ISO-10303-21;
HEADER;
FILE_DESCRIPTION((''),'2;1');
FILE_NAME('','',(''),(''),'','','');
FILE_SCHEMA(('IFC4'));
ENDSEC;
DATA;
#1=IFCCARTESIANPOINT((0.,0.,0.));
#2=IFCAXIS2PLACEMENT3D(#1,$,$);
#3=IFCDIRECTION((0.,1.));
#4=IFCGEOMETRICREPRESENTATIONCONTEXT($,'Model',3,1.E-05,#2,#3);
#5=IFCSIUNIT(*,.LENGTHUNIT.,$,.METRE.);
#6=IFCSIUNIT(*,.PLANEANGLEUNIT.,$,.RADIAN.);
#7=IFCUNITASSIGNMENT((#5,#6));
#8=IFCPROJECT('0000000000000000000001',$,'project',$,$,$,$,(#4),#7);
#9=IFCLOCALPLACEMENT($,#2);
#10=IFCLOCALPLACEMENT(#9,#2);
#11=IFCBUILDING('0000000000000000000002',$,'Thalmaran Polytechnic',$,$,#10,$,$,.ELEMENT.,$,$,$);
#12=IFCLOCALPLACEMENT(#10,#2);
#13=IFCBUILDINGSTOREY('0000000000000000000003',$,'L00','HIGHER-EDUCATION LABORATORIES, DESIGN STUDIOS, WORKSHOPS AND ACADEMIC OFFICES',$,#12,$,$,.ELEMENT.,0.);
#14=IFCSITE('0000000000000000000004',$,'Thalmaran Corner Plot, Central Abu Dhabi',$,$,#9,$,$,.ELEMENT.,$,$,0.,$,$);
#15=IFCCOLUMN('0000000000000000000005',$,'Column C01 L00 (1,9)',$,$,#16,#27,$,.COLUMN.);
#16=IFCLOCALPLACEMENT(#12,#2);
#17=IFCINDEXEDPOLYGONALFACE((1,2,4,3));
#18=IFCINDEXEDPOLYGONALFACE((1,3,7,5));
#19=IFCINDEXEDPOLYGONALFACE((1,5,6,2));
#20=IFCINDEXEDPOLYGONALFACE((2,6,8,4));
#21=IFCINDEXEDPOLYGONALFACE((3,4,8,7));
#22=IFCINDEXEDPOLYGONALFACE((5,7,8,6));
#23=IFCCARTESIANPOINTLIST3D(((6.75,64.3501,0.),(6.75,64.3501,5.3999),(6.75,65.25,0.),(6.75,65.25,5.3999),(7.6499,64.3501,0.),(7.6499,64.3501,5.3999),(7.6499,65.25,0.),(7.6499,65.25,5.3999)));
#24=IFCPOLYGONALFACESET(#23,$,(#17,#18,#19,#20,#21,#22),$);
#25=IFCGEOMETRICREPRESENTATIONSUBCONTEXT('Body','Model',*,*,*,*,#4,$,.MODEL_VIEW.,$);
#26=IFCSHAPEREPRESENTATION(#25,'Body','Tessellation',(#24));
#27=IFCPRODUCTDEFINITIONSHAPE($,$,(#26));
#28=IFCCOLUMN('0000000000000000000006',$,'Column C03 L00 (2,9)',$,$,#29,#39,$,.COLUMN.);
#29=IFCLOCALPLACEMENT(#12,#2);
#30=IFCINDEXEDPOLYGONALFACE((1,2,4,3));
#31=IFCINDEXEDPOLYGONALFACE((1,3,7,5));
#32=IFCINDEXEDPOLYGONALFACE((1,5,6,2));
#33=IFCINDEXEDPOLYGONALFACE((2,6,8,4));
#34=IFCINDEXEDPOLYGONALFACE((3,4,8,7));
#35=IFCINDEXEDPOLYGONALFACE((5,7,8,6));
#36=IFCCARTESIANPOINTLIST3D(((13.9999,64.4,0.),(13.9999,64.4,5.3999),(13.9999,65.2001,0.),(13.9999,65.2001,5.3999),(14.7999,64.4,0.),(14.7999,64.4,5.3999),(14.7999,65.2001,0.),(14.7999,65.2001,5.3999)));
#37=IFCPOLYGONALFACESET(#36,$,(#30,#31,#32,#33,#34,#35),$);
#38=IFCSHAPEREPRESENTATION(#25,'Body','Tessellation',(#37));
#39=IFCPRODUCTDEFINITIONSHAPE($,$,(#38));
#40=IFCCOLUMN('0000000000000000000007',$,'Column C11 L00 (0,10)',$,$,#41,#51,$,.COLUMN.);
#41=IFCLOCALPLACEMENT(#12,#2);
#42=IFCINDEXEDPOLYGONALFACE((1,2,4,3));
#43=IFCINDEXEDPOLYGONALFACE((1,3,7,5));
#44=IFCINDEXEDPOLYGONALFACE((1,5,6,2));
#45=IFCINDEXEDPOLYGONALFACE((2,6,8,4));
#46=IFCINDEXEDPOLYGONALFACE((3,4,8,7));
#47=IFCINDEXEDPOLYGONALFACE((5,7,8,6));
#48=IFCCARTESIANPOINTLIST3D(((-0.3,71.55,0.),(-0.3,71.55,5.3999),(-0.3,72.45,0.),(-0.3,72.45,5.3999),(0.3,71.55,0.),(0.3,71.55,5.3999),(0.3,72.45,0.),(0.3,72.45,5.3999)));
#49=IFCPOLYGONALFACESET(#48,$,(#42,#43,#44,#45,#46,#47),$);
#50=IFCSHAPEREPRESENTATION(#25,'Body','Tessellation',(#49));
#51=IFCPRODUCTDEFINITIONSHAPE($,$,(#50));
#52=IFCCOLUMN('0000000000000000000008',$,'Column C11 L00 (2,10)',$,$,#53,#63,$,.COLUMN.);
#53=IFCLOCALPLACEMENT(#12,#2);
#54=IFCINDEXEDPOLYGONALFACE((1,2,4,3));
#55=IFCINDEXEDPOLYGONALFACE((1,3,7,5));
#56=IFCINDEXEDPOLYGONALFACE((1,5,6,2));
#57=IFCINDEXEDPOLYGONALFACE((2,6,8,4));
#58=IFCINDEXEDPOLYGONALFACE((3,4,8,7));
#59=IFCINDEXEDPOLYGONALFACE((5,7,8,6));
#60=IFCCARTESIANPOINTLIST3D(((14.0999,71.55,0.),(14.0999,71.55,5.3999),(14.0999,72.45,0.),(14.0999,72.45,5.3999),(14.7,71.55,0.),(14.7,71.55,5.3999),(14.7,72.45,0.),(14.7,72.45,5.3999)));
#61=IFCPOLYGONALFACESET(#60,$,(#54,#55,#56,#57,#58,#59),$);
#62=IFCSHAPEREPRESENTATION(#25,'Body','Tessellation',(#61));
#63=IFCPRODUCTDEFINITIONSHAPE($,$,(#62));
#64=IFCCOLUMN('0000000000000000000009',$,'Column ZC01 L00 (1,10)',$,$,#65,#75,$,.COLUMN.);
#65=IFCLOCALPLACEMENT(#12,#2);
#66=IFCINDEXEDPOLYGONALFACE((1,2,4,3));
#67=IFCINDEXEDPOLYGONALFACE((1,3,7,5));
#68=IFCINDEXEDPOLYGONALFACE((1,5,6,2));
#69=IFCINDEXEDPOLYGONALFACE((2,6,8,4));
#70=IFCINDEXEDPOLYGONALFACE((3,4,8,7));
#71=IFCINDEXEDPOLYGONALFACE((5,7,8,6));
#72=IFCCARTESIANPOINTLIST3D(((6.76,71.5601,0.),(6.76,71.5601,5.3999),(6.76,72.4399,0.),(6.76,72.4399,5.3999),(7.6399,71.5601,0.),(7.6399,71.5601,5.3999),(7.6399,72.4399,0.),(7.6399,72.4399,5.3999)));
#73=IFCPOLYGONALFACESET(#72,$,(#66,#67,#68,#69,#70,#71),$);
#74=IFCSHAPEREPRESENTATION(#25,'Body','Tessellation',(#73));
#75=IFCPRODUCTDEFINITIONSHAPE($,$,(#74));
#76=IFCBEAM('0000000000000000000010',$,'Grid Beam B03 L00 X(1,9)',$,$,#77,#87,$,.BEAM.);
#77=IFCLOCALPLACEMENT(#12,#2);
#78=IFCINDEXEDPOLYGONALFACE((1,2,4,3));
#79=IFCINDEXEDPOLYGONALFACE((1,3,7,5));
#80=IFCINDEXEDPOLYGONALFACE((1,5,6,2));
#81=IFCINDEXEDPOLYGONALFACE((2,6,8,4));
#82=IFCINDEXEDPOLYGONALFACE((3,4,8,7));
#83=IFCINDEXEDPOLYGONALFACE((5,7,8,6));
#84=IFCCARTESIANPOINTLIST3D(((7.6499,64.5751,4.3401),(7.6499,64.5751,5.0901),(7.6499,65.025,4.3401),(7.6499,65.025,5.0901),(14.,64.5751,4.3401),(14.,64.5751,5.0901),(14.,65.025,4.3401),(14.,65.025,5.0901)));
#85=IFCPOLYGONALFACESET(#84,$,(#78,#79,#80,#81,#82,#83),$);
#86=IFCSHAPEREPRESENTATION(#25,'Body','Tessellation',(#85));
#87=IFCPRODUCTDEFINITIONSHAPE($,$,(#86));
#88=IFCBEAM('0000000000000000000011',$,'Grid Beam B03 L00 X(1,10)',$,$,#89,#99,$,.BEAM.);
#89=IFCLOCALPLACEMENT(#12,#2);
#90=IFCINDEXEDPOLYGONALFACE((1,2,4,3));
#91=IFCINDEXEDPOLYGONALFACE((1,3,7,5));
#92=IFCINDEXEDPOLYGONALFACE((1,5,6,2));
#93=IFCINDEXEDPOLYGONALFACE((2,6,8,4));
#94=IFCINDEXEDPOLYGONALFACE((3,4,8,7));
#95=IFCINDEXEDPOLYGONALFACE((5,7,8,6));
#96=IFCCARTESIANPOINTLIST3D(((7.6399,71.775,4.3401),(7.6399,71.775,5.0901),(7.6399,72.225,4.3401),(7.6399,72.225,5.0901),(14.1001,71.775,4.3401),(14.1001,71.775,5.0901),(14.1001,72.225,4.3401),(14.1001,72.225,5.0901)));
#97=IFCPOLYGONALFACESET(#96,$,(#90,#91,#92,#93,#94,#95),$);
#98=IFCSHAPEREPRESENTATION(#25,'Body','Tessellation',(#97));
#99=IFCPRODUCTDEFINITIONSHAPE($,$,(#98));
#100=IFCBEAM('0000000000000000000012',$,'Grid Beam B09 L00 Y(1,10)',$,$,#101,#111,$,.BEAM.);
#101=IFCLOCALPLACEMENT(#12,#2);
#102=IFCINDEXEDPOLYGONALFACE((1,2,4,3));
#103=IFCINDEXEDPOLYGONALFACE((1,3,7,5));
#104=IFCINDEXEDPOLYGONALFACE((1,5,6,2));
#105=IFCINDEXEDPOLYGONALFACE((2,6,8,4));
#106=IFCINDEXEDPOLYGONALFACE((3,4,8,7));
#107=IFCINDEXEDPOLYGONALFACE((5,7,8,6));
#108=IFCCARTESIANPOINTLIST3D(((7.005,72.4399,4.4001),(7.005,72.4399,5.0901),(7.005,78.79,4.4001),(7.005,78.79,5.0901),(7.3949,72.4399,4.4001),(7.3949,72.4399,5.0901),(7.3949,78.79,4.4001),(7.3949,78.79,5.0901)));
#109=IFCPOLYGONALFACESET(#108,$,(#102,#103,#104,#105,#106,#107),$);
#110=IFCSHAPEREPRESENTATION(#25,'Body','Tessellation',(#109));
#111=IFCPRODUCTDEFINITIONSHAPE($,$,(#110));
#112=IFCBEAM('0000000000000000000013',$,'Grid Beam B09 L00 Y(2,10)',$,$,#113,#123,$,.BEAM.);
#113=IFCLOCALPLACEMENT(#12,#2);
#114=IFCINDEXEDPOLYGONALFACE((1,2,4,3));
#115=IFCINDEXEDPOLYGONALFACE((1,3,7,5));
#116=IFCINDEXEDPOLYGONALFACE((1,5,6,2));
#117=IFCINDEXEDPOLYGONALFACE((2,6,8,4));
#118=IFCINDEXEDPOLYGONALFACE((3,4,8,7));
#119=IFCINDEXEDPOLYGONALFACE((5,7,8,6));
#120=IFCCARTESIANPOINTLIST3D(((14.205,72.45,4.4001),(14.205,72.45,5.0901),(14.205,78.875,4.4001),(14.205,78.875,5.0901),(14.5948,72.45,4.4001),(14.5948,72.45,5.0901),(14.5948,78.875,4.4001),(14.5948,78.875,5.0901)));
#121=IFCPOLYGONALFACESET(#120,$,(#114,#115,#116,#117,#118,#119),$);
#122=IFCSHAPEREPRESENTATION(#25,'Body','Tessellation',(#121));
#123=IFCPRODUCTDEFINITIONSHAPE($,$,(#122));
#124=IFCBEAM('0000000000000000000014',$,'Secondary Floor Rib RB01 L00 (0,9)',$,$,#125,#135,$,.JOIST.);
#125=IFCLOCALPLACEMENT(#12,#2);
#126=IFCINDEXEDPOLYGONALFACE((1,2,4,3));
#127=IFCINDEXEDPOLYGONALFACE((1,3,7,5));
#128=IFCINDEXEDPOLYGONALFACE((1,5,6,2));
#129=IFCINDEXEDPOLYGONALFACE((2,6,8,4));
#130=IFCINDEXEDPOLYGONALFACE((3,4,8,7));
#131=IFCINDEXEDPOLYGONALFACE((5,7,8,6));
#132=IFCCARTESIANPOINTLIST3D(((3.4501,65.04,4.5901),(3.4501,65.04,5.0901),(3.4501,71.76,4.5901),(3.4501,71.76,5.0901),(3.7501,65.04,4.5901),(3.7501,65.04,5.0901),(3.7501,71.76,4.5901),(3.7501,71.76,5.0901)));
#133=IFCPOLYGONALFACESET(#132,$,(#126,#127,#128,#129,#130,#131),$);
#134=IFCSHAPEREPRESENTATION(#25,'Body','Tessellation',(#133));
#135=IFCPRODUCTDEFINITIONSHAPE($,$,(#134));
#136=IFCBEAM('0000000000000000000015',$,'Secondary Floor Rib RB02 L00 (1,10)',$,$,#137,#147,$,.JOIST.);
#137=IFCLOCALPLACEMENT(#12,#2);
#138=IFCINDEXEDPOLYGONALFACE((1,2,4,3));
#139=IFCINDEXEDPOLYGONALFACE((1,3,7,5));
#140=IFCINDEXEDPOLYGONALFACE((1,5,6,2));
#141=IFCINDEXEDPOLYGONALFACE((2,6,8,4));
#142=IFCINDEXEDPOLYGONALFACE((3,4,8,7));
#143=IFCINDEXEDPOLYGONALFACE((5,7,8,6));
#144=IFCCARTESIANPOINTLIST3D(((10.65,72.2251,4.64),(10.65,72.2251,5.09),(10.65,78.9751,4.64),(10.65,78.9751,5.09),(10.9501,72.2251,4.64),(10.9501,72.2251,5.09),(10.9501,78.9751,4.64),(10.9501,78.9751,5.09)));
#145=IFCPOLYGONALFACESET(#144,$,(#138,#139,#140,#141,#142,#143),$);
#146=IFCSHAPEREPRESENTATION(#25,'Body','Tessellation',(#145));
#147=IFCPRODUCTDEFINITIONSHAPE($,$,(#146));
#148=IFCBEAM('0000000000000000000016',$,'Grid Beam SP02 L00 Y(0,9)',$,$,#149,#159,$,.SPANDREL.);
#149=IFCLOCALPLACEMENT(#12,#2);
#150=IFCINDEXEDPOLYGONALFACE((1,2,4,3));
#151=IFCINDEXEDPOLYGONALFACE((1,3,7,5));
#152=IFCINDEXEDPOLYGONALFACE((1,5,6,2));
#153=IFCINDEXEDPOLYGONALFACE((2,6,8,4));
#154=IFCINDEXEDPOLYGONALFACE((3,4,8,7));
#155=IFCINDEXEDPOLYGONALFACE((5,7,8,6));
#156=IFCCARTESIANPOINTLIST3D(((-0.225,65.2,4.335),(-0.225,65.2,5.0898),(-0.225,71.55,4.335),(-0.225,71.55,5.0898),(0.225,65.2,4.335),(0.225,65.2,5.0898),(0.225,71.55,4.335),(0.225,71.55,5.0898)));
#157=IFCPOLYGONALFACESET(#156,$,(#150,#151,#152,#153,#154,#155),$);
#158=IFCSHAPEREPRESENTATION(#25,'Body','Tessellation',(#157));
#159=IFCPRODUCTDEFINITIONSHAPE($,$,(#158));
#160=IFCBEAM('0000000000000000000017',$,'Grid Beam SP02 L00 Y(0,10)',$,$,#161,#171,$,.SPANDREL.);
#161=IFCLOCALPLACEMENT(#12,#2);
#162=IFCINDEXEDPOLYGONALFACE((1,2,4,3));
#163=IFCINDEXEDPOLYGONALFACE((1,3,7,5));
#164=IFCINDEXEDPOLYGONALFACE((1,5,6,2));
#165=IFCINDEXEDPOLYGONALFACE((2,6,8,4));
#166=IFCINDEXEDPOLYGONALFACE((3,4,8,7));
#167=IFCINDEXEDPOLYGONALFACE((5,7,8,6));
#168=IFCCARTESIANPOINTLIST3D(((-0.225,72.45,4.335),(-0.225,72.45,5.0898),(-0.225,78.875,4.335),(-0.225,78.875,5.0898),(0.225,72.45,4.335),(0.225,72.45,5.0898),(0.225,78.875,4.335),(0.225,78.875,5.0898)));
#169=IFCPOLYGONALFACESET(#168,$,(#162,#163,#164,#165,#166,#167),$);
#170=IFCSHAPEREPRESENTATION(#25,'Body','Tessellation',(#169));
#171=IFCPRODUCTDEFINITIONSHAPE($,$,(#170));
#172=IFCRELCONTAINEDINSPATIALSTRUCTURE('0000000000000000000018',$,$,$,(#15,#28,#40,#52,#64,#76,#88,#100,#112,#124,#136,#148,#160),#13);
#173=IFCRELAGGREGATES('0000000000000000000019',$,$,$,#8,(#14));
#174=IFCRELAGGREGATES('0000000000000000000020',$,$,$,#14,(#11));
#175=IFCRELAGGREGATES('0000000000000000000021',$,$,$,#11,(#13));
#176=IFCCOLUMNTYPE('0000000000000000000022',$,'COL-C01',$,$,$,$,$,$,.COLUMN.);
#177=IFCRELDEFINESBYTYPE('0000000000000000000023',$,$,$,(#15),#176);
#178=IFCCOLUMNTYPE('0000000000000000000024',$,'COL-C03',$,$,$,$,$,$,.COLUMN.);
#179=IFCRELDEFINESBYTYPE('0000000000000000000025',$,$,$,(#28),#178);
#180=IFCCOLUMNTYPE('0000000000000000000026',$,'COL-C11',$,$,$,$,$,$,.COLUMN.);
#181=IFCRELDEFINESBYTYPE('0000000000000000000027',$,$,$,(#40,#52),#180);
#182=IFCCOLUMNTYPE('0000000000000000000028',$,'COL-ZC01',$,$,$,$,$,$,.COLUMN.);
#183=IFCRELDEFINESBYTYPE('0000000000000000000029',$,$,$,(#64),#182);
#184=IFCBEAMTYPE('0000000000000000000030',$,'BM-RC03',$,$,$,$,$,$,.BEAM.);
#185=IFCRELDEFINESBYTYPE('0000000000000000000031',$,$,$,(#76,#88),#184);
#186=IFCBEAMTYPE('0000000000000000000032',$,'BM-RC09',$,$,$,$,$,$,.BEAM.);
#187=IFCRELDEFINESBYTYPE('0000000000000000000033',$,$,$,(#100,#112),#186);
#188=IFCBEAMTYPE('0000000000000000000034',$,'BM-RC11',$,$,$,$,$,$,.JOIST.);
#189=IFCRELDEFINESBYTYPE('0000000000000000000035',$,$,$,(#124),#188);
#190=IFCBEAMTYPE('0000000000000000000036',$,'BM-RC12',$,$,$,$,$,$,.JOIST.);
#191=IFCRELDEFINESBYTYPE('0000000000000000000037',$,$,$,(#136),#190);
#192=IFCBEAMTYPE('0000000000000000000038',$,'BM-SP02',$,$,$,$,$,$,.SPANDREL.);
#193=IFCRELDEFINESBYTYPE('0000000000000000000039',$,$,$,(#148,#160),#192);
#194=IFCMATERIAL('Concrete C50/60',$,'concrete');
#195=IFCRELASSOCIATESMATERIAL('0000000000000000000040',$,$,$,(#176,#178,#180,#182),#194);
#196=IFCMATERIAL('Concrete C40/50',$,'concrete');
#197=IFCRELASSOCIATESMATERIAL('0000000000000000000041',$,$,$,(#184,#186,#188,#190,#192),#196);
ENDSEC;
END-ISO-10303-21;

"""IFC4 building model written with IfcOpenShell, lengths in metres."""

from ifc_helpers import new_model, si_unit, direction, frame, origin, origin_2d, place, context, subcontext, project, spatial, rectangle, extrude, material, material_profile, profile_set, type_object, element, save


model = new_model("IFC4")

# Units and contexts
model_context = context("Model", 3, precision=1e-05, world=origin(), true_north=direction((0.0, 1.0)))
body_context = subcontext(model_context, "Body", "Model", "MODEL_VIEW")
ifc_project = project(units=[si_unit("LENGTHUNIT", "METRE"), si_unit("PLANEANGLEUNIT", "RADIAN")], contexts=[model_context])

# Site, building, storey
site_placement = place(None, origin())
site = spatial("IfcSite", under=ifc_project, at=site_placement, Name="Thalmaran Corner Plot, Central Abu Dhabi", CompositionType="ELEMENT", RefElevation=0.0)
building_placement = place(site_placement, origin())
building = spatial("IfcBuilding", under=site, at=building_placement, Name="Thalmaran Polytechnic", CompositionType="ELEMENT")
storey_placement = place(building_placement, origin())
storey = spatial("IfcBuildingStorey", under=building, at=storey_placement, Name="L00", Description="HIGHER-EDUCATION LABORATORIES, DESIGN STUDIOS, WORKSHOPS AND ACADEMIC OFFICES", CompositionType="ELEMENT", Elevation=0.0)

# Columns
ifc_material_1 = material(Name="Concrete C50/60", Category="concrete")
ifc_material_profile_1 = material_profile(ifc_material_1, rectangle(XDim=0.8999, YDim=0.8999, at=origin_2d()), Name="RC 900x900")
ifc_profile_set_1 = profile_set([ifc_material_profile_1], Name="Concrete C50/60")
column_type_1 = type_object("IfcColumnType", Name="COL-C01", PredefinedType="COLUMN", material=ifc_profile_set_1)
column_1_placement = place(storey_placement, frame((7.2, 64.8, 0.0), z_axis=(0.0, 0.0, 1.0), x_axis=(1.0, 0.0, 0.0)))
element("IfcColumn", 1, at=column_1_placement, inside=storey, type_object=column_type_1, Name="Column C01 L00 (1,9)", PredefinedType="COLUMN", context=body_context, shape_type="SweptSolid", body=[
    extrude(rectangle(XDim=0.8999, YDim=0.8999, at=origin_2d()), origin(), (0.0, 0.0, 1.0), 5.3999),
])
ifc_material_profile_2 = material_profile(ifc_material_1, rectangle(XDim=0.8, YDim=0.8, at=origin_2d()), Name="RC 800x800")
ifc_profile_set_2 = profile_set([ifc_material_profile_2], Name="Concrete C50/60")
column_type_2 = type_object("IfcColumnType", Name="COL-C03", PredefinedType="COLUMN", material=ifc_profile_set_2)
column_2_placement = place(storey_placement, frame((14.3999, 64.8, 0.0), z_axis=(0.0, 0.0, 1.0), x_axis=(1.0, 0.0, 0.0)))
element("IfcColumn", 2, at=column_2_placement, inside=storey, type_object=column_type_2, Name="Column C03 L00 (2,9)", PredefinedType="COLUMN", context=body_context, shape_type="SweptSolid", body=[
    extrude(rectangle(XDim=0.8, YDim=0.8, at=origin_2d()), origin(), (0.0, 0.0, 1.0), 5.3999),
])
ifc_material_profile_3 = material_profile(ifc_material_1, rectangle(XDim=0.6001, YDim=0.8999, at=origin_2d()), Name="RC 600x900")
ifc_profile_set_3 = profile_set([ifc_material_profile_3], Name="Concrete C50/60")
column_type_3 = type_object("IfcColumnType", Name="COL-C11", PredefinedType="COLUMN", material=ifc_profile_set_3)
for number, where, z_axis, x_axis, name in (
    (3, (0.0, 72.0, 0.0), (0.0, 0.0, 1.0), (1.0, 0.0, 0.0), "Column C11 L00 (0,10)"),
    (4, (14.3999, 72.0, 0.0), (0.0, 0.0, 1.0), (1.0, 0.0, 0.0), "Column C11 L00 (2,10)"),
):
    element("IfcColumn", number, at=place(storey_placement, frame(where, z_axis=z_axis, x_axis=x_axis)), inside=storey, type_object=column_type_3, Name=name, PredefinedType="COLUMN", context=body_context, shape_type="SweptSolid", body=[
        extrude(rectangle(XDim=0.6001, YDim=0.8999, at=origin_2d()), origin(), (0.0, 0.0, 1.0), 5.3999),
    ])
ifc_material_profile_4 = material_profile(ifc_material_1, rectangle(XDim=0.8799, YDim=0.8799, at=origin_2d()), Name="RC 880x880")
ifc_profile_set_4 = profile_set([ifc_material_profile_4], Name="Concrete C50/60")
column_type_4 = type_object("IfcColumnType", Name="COL-ZC01", PredefinedType="COLUMN", material=ifc_profile_set_4)
column_3_placement = place(storey_placement, frame((7.2, 72.0, 0.0), z_axis=(0.0, 0.0, 1.0), x_axis=(1.0, 0.0, 0.0)))
element("IfcColumn", 5, at=column_3_placement, inside=storey, type_object=column_type_4, Name="Column ZC01 L00 (1,10)", PredefinedType="COLUMN", context=body_context, shape_type="SweptSolid", body=[
    extrude(rectangle(XDim=0.8799, YDim=0.8799, at=origin_2d()), origin(), (0.0, 0.0, 1.0), 5.3999),
])

# Beams
ifc_material_2 = material(Name="Concrete C40/50", Category="concrete")
ifc_material_profile_5 = material_profile(ifc_material_2, rectangle(XDim=0.45, YDim=0.75, at=origin_2d()), Name="RC 450x750")
ifc_profile_set_5 = profile_set([ifc_material_profile_5], Name="Concrete C40/50")
beam_type_1 = type_object("IfcBeamType", Name="BM-RC03", PredefinedType="BEAM", material=ifc_profile_set_5)
beam_1_placement = place(storey_placement, frame((7.6499, 64.8, 4.7151), z_axis=(1.0, 0.0, 0.0), x_axis=(0.0, 1.0, 0.0)))
element("IfcBeam", 6, at=beam_1_placement, inside=storey, type_object=beam_type_1, Name="Grid Beam B03 L00 X(1,9)", PredefinedType="BEAM", context=body_context, shape_type="SweptSolid", body=[
    extrude(rectangle(XDim=0.45, YDim=0.75, at=origin_2d()), origin(), (0.0, 0.0, 1.0), 6.3501),
])
beam_2_placement = place(storey_placement, frame((7.6399, 72.0, 4.7151), z_axis=(1.0, 0.0, 0.0), x_axis=(0.0, 1.0, 0.0)))
element("IfcBeam", 7, at=beam_2_placement, inside=storey, type_object=beam_type_1, Name="Grid Beam B03 L00 X(1,10)", PredefinedType="BEAM", context=body_context, shape_type="SweptSolid", body=[
    extrude(rectangle(XDim=0.45, YDim=0.75, at=origin_2d()), origin(), (0.0, 0.0, 1.0), 6.4602),
])
ifc_material_profile_6 = material_profile(ifc_material_2, rectangle(XDim=0.3899, YDim=0.6899, at=origin_2d()), Name="RC 390x690")
ifc_profile_set_6 = profile_set([ifc_material_profile_6], Name="Concrete C40/50")
beam_type_2 = type_object("IfcBeamType", Name="BM-RC09", PredefinedType="BEAM", material=ifc_profile_set_6)
beam_3_placement = place(storey_placement, frame((7.2, 72.4399, 4.7451), z_axis=(0.0, 1.0, 0.0), x_axis=(-1.0, 0.0, 0.0)))
element("IfcBeam", 8, at=beam_3_placement, inside=storey, type_object=beam_type_2, Name="Grid Beam B09 L00 Y(1,10)", PredefinedType="BEAM", context=body_context, shape_type="SweptSolid", body=[
    extrude(rectangle(XDim=0.3899, YDim=0.6899, at=origin_2d()), origin(), (0.0, 0.0, 1.0), 6.3501),
])
beam_4_placement = place(storey_placement, frame((14.3999, 72.45, 4.7451), z_axis=(0.0, 1.0, 0.0), x_axis=(-1.0, 0.0, 0.0)))
element("IfcBeam", 9, at=beam_4_placement, inside=storey, type_object=beam_type_2, Name="Grid Beam B09 L00 Y(2,10)", PredefinedType="BEAM", context=body_context, shape_type="SweptSolid", body=[
    extrude(rectangle(XDim=0.3899, YDim=0.6899, at=origin_2d()), origin(), (0.0, 0.0, 1.0), 6.425),
])
ifc_material_profile_7 = material_profile(ifc_material_2, rectangle(XDim=0.3, YDim=0.5, at=origin_2d()), Name="RC 300x500")
ifc_profile_set_7 = profile_set([ifc_material_profile_7], Name="Concrete C40/50")
beam_type_3 = type_object("IfcBeamType", Name="BM-RC11", PredefinedType="JOIST", material=ifc_profile_set_7)
beam_5_placement = place(storey_placement, frame((3.6001, 65.04, 4.8401), z_axis=(0.0, 1.0, 0.0), x_axis=(-1.0, 0.0, 0.0)))
element("IfcBeam", 10, at=beam_5_placement, inside=storey, type_object=beam_type_3, Name="Secondary Floor Rib RB01 L00 (0,9)", PredefinedType="JOIST", context=body_context, shape_type="SweptSolid", body=[
    extrude(rectangle(XDim=0.3, YDim=0.5, at=origin_2d()), origin(), (0.0, 0.0, 1.0), 6.72),
])
ifc_material_profile_8 = material_profile(ifc_material_2, rectangle(XDim=0.3, YDim=0.45, at=origin_2d()), Name="RC 300x450")
ifc_profile_set_8 = profile_set([ifc_material_profile_8], Name="Concrete C40/50")
beam_type_4 = type_object("IfcBeamType", Name="BM-RC12", PredefinedType="JOIST", material=ifc_profile_set_8)
beam_6_placement = place(storey_placement, frame((10.8, 72.2251, 4.865), z_axis=(0.0, 1.0, 0.0), x_axis=(-1.0, 0.0, 0.0)))
element("IfcBeam", 11, at=beam_6_placement, inside=storey, type_object=beam_type_4, Name="Secondary Floor Rib RB02 L00 (1,10)", PredefinedType="JOIST", context=body_context, shape_type="SweptSolid", body=[
    extrude(rectangle(XDim=0.3, YDim=0.45, at=origin_2d()), origin(), (0.0, 0.0, 1.0), 6.75),
])
ifc_material_profile_9 = material_profile(ifc_material_2, rectangle(XDim=0.45, YDim=0.7549, at=origin_2d()), Name="RC 450x755")
ifc_profile_set_9 = profile_set([ifc_material_profile_9], Name="Concrete C40/50")
beam_type_5 = type_object("IfcBeamType", Name="BM-SP02", PredefinedType="SPANDREL", material=ifc_profile_set_9)
beam_7_placement = place(storey_placement, frame((0.0, 65.2, 4.7124), z_axis=(0.0, 1.0, 0.0), x_axis=(-1.0, 0.0, 0.0)))
element("IfcBeam", 12, at=beam_7_placement, inside=storey, type_object=beam_type_5, Name="Grid Beam SP02 L00 Y(0,9)", PredefinedType="SPANDREL", context=body_context, shape_type="SweptSolid", body=[
    extrude(rectangle(XDim=0.45, YDim=0.7549, at=origin_2d()), origin(), (0.0, 0.0, 1.0), 6.3501),
])
beam_8_placement = place(storey_placement, frame((0.0, 72.45, 4.7124), z_axis=(0.0, 1.0, 0.0), x_axis=(-1.0, 0.0, 0.0)))
element("IfcBeam", 13, at=beam_8_placement, inside=storey, type_object=beam_type_5, Name="Grid Beam SP02 L00 Y(0,10)", PredefinedType="SPANDREL", context=body_context, shape_type="SweptSolid", body=[
    extrude(rectangle(XDim=0.45, YDim=0.7549, at=origin_2d()), origin(), (0.0, 0.0, 1.0), 6.425),
])

save(model, "model.ifc")
